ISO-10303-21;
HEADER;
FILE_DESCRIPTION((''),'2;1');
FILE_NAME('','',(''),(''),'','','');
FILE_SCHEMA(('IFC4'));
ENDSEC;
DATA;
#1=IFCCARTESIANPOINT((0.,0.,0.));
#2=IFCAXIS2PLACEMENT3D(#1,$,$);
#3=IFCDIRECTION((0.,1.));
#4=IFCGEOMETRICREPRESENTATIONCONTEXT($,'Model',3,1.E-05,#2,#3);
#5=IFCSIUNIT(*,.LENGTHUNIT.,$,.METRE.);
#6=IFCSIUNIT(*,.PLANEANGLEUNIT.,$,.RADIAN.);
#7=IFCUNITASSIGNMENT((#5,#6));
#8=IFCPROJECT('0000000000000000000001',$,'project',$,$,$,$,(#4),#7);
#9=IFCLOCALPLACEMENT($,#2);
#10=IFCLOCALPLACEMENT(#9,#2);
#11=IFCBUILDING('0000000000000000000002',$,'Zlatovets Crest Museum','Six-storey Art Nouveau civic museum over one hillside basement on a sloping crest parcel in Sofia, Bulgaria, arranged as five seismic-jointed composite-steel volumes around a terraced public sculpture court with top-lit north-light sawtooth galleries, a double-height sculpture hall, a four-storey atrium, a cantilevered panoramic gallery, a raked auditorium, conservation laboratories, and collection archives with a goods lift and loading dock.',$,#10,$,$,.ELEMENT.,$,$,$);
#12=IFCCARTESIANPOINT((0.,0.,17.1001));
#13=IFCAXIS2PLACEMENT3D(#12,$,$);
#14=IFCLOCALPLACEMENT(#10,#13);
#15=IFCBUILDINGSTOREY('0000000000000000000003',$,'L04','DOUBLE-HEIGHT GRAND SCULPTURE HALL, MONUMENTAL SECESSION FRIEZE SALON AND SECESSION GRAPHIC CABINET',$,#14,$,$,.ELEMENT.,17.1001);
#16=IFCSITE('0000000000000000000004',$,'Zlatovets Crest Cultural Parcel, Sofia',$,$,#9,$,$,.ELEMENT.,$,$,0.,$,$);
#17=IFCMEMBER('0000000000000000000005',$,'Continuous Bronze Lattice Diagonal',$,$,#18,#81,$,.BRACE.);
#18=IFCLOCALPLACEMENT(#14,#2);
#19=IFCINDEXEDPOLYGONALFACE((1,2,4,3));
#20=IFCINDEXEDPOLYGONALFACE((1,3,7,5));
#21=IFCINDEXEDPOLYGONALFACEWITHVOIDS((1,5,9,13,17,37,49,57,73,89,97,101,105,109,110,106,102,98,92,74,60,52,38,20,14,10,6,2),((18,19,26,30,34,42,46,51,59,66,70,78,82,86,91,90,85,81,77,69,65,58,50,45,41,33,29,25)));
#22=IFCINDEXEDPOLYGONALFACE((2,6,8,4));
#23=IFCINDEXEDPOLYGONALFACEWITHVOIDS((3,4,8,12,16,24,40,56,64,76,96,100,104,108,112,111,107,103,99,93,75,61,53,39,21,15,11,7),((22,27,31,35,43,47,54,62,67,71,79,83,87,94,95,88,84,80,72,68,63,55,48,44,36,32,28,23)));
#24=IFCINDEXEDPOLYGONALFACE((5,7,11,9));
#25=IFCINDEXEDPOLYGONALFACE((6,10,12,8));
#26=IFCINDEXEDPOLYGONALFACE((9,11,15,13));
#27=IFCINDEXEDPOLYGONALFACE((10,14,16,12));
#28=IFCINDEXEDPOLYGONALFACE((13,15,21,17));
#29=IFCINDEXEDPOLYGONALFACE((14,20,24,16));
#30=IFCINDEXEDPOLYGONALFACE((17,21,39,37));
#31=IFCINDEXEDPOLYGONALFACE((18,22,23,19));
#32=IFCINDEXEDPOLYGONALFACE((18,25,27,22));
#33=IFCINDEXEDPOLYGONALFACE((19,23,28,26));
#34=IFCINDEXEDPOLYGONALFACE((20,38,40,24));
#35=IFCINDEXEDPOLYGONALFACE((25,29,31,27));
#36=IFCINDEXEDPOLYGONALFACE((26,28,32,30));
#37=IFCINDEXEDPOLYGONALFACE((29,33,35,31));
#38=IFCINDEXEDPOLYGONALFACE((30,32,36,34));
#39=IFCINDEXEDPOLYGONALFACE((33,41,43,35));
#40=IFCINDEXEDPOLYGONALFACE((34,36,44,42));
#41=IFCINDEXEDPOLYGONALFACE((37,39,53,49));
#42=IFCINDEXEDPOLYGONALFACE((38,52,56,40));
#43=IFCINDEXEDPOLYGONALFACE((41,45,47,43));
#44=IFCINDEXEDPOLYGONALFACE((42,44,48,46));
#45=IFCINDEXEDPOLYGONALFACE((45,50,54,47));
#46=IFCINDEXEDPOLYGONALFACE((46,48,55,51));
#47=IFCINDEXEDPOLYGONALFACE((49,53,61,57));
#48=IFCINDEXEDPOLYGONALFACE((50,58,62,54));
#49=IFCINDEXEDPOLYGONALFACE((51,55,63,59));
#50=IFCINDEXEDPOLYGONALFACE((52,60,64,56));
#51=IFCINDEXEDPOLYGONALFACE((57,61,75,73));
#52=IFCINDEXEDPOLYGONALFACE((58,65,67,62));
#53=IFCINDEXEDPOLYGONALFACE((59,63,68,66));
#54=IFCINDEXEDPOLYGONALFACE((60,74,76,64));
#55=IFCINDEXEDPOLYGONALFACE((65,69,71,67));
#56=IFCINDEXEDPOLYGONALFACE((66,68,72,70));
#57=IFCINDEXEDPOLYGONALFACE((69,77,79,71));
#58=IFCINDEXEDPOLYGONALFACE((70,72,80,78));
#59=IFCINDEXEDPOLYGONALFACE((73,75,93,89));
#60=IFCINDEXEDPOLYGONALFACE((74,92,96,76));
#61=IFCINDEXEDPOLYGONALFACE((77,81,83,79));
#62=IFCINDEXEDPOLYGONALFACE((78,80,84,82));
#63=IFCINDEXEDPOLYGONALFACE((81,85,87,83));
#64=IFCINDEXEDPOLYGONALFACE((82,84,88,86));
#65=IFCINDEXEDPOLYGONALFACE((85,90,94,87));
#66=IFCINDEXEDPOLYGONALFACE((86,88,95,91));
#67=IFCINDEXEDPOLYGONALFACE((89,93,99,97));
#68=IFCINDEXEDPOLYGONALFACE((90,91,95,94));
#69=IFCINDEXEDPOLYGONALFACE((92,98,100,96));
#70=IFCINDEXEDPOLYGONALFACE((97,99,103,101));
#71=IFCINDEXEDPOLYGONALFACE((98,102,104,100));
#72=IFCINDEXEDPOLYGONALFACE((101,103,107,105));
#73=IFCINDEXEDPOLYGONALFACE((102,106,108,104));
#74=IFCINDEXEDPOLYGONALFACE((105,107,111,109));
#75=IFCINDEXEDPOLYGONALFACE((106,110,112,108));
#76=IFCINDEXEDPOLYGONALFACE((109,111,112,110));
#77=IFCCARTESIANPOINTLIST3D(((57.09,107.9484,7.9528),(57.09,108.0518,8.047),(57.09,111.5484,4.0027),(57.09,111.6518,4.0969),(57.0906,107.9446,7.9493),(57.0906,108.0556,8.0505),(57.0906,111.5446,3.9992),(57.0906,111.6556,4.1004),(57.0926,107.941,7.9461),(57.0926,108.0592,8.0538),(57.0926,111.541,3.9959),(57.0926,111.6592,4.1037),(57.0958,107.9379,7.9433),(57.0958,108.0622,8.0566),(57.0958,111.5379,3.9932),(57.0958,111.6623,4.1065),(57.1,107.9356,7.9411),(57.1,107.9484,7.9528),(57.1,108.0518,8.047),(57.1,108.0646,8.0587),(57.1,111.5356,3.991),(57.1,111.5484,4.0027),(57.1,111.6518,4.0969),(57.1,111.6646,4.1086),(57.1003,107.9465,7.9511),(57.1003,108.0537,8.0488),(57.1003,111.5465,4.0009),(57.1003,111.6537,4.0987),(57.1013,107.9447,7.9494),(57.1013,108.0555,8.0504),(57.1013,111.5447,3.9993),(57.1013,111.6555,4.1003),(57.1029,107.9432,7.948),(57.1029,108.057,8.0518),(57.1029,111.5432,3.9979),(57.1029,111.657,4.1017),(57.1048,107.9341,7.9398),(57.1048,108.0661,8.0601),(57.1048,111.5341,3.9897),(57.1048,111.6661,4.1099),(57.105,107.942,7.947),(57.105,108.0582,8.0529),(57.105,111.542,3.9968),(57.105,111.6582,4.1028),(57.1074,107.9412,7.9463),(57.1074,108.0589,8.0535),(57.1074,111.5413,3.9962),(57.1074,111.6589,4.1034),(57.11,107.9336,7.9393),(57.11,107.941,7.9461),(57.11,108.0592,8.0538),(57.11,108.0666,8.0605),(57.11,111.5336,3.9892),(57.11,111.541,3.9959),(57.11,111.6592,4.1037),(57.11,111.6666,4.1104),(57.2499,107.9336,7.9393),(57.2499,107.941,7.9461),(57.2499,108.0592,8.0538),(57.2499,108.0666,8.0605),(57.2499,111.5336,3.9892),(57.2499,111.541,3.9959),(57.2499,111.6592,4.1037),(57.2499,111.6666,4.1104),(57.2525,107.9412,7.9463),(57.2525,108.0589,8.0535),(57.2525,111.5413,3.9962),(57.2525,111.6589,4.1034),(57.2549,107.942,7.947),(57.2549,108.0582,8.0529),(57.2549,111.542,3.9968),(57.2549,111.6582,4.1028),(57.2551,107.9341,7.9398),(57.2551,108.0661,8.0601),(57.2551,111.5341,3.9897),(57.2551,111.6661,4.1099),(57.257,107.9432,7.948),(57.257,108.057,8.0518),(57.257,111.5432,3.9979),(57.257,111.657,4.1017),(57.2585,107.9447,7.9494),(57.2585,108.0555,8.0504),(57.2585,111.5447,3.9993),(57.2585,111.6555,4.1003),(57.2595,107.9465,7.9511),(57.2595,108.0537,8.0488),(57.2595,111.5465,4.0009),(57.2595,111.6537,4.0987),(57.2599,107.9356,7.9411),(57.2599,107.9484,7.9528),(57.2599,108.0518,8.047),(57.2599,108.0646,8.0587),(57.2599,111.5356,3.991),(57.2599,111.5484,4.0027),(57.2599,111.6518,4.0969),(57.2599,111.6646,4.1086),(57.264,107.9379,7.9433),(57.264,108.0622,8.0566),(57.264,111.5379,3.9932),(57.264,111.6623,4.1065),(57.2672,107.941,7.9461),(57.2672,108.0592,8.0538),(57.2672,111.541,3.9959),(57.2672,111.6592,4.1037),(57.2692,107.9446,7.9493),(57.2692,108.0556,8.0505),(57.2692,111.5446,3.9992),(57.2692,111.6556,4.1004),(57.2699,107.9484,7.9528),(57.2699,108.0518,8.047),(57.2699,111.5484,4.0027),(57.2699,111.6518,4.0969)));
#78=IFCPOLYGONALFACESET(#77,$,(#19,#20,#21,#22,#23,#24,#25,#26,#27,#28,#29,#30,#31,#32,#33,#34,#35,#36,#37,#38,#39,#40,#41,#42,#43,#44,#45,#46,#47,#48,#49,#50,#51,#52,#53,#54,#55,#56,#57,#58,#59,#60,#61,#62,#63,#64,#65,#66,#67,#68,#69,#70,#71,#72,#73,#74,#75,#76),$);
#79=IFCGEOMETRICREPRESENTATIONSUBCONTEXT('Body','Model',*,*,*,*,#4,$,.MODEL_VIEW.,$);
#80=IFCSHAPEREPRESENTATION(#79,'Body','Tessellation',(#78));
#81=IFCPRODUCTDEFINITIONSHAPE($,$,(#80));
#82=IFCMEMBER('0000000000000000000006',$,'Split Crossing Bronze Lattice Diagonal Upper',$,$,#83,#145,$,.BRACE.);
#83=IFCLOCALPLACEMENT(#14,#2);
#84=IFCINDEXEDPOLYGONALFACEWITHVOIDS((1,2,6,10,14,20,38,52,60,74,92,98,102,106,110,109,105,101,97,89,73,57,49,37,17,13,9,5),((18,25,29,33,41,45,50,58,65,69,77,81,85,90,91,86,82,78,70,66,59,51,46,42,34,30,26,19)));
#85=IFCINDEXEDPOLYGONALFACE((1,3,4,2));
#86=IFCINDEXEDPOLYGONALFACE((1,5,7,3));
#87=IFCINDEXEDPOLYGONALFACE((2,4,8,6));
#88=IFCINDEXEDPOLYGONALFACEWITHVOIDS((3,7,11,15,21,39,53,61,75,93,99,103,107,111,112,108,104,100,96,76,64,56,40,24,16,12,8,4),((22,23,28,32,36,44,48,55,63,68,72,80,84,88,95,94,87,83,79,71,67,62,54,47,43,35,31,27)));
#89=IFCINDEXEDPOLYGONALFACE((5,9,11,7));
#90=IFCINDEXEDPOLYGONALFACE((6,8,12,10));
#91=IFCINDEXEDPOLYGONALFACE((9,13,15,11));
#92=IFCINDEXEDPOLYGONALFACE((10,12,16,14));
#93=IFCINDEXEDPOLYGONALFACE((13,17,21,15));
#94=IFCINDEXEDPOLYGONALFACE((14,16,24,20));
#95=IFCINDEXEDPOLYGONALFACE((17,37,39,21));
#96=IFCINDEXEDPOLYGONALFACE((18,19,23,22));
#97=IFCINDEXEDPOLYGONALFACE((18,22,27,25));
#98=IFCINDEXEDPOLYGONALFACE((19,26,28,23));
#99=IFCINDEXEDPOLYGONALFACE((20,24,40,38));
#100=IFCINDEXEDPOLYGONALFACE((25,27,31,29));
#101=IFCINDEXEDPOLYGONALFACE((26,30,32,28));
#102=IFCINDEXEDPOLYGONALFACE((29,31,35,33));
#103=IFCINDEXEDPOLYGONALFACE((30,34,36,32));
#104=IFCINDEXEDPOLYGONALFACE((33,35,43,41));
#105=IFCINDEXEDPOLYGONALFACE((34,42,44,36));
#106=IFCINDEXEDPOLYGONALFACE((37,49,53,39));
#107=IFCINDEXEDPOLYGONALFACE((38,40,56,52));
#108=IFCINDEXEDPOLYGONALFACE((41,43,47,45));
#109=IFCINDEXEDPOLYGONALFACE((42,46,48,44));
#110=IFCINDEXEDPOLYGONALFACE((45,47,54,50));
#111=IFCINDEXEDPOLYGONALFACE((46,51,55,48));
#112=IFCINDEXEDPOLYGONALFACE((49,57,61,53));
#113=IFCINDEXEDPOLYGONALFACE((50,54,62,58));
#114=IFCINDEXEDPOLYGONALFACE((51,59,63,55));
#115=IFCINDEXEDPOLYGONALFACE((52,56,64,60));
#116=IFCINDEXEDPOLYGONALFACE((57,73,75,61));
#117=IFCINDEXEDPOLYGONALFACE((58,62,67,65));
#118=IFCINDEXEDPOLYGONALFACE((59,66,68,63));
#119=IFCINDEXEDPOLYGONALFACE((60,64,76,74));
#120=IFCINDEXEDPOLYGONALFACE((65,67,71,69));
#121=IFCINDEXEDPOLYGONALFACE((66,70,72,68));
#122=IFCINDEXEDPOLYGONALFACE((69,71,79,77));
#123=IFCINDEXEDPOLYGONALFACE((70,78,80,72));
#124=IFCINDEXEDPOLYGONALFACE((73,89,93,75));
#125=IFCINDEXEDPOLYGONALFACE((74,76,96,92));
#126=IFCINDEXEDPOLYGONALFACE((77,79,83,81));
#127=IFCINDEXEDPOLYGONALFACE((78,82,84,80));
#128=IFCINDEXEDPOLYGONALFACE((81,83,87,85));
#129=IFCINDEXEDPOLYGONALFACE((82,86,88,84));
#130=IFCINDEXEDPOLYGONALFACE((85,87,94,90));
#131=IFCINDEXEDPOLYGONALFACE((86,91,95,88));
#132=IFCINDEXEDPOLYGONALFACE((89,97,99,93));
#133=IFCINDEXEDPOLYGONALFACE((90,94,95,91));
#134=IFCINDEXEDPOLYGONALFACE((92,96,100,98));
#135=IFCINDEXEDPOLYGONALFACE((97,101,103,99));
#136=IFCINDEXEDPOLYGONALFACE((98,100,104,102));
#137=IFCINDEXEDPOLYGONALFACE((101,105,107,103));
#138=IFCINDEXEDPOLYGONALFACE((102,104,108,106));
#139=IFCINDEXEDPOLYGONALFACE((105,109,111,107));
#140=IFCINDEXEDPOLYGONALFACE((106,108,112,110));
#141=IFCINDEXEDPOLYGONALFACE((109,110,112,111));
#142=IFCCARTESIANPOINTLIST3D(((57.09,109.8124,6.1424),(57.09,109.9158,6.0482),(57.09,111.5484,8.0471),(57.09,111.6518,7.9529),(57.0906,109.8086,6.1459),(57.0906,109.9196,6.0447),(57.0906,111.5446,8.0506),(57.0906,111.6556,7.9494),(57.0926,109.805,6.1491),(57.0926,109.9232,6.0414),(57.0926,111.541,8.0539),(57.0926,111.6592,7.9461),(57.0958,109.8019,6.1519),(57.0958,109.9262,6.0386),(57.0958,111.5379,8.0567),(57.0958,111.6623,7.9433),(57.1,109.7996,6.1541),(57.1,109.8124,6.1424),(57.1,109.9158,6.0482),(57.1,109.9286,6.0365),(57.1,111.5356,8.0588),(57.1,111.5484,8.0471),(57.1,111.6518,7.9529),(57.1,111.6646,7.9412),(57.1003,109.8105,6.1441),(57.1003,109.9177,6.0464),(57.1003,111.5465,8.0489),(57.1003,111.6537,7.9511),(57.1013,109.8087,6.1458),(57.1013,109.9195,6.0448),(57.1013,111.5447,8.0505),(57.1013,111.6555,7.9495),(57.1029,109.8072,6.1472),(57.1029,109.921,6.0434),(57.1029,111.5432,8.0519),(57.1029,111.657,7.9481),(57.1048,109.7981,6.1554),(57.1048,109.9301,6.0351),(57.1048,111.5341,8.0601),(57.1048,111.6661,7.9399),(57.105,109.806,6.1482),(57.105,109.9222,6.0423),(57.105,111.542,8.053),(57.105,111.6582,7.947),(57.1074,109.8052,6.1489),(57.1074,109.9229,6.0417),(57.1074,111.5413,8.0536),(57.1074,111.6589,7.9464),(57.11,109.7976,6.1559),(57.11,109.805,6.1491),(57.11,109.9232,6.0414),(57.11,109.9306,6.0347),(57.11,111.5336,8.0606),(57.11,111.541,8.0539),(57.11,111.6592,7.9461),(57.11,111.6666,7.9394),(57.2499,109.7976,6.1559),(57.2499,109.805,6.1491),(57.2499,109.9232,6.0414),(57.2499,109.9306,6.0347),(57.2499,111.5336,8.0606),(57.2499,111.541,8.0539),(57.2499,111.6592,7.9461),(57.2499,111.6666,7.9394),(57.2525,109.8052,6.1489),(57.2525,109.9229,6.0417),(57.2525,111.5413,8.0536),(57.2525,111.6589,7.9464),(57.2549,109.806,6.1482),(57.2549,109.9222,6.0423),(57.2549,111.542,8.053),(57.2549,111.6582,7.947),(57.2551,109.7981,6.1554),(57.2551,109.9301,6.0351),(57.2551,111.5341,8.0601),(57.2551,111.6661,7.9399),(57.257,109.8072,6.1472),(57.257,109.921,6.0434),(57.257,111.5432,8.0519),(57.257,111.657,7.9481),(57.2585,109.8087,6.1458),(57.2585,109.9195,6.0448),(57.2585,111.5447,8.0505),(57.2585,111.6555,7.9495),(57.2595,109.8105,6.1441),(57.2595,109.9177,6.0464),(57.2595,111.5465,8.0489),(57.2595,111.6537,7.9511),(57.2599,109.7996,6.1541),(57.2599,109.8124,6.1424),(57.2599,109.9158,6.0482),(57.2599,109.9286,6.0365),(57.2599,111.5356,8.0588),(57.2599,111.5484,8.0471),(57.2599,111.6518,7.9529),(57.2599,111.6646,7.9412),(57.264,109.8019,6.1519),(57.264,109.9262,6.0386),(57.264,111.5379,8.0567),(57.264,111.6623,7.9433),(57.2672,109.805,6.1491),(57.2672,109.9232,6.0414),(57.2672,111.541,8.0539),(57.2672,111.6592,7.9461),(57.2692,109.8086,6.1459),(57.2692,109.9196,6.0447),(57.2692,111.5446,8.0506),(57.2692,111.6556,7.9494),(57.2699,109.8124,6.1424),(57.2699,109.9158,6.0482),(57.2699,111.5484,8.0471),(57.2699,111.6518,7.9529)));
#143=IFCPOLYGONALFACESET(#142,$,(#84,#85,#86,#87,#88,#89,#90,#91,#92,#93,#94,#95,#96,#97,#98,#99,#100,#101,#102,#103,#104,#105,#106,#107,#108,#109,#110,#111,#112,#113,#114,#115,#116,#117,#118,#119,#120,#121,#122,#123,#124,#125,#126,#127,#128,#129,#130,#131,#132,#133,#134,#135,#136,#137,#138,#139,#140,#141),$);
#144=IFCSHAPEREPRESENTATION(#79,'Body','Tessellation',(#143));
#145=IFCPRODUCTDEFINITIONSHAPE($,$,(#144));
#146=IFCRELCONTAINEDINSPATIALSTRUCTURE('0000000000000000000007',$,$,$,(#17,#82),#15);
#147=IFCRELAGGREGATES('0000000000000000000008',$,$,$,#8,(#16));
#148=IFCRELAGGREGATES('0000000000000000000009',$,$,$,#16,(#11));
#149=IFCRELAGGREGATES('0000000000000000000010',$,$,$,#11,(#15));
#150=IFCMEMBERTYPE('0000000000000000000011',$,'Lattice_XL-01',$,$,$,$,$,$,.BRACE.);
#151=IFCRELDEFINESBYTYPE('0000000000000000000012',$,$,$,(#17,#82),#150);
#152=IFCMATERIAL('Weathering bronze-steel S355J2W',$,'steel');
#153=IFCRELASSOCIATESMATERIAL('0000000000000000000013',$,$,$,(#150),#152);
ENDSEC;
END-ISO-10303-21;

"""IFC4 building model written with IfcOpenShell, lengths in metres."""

from ifc_helpers import new_model, si_unit, direction, frame, origin, origin_2d, place, context, subcontext, project, spatial, hollow_rectangle, extrude, material, material_profile, profile_set, type_object, element, save


model = new_model("IFC4")

# Units and contexts
model_context = context("Model", 3, precision=1e-05, world=origin(), true_north=direction((0.0, 1.0)))
body_context = subcontext(model_context, "Body", "Model", "MODEL_VIEW")
ifc_project = project(units=[si_unit("LENGTHUNIT", "METRE"), si_unit("PLANEANGLEUNIT", "RADIAN")], contexts=[model_context])

# Site, building, storey
site_placement = place(None, origin())
site = spatial("IfcSite", under=ifc_project, at=site_placement, Name="Zlatovets Crest Cultural Parcel, Sofia", CompositionType="ELEMENT", RefElevation=0.0)
building_placement = place(site_placement, origin())
building = spatial("IfcBuilding", under=site, at=building_placement, Name="Zlatovets Crest Museum", Description="Six-storey Art Nouveau civic museum over one hillside basement on a sloping crest parcel in Sofia, Bulgaria, arranged as five seismic-jointed composite-steel volumes around a terraced public sculpture court with top-lit north-light sawtooth galleries, a double-height sculpture hall, a four-storey atrium, a cantilevered panoramic gallery, a raked auditorium, conservation laboratories, and collection archives with a goods lift and loading dock.", CompositionType="ELEMENT")
storey_placement = place(building_placement, frame((0.0, 0.0, 17.1001)))
storey = spatial("IfcBuildingStorey", under=building, at=storey_placement, Name="L04", Description="DOUBLE-HEIGHT GRAND SCULPTURE HALL, MONUMENTAL SECESSION FRIEZE SALON AND SECESSION GRAPHIC CABINET", CompositionType="ELEMENT", Elevation=17.1001)

# Members
ifc_material_1 = material(Name="Weathering bronze-steel S355J2W", Category="steel")
ifc_material_profile_1 = material_profile(ifc_material_1, hollow_rectangle(XDim=0.1799, YDim=0.1799, WallThickness=0.01, InnerFilletRadius=0.01, OuterFilletRadius=0.02, at=origin_2d()), Name="SHS 180x180x10.0")
ifc_profile_set_1 = profile_set([ifc_material_profile_1], Name="Weathering bronze-steel S355J2W")
member_type_1 = type_object("IfcMemberType", Name="Lattice_XL-01", PredefinedType="BRACE", material=ifc_profile_set_1)
member_1_placement = place(storey_placement, frame((57.1799, 111.6001, 4.0498), z_axis=(0.0, -0.673595, 0.7391), x_axis=(1.0, 0.0, 0.0)))
element("IfcMember", 1, at=member_1_placement, inside=storey, type_object=member_type_1, Name="Continuous Bronze Lattice Diagonal", PredefinedType="BRACE", context=body_context, shape_type="SweptSolid", body=[
    extrude(hollow_rectangle(XDim=0.1799, YDim=0.1799, WallThickness=0.01, InnerFilletRadius=0.01, OuterFilletRadius=0.02, at=origin_2d()), origin(), (0.0, 0.0, 1.0), 5.3445),
])
for number, where, z_axis, x_axis, name in (
    (2, (57.1799, 111.6001, 8.0), (0.0, -0.67362, -0.739078), (1.0, 0.0, 0.0), "Split Crossing Bronze Lattice Diagonal Upper"),
):
    element("IfcMember", number, at=place(storey_placement, frame(where, z_axis=z_axis, x_axis=x_axis)), inside=storey, type_object=member_type_1, Name=name, PredefinedType="BRACE", context=body_context, shape_type="SweptSolid", body=[
        extrude(hollow_rectangle(XDim=0.1799, YDim=0.1799, WallThickness=0.01, InnerFilletRadius=0.01, OuterFilletRadius=0.02, at=origin_2d()), origin(), (0.0, 0.0, 1.0), 2.5771),
    ])

save(model, "model.ifc")
